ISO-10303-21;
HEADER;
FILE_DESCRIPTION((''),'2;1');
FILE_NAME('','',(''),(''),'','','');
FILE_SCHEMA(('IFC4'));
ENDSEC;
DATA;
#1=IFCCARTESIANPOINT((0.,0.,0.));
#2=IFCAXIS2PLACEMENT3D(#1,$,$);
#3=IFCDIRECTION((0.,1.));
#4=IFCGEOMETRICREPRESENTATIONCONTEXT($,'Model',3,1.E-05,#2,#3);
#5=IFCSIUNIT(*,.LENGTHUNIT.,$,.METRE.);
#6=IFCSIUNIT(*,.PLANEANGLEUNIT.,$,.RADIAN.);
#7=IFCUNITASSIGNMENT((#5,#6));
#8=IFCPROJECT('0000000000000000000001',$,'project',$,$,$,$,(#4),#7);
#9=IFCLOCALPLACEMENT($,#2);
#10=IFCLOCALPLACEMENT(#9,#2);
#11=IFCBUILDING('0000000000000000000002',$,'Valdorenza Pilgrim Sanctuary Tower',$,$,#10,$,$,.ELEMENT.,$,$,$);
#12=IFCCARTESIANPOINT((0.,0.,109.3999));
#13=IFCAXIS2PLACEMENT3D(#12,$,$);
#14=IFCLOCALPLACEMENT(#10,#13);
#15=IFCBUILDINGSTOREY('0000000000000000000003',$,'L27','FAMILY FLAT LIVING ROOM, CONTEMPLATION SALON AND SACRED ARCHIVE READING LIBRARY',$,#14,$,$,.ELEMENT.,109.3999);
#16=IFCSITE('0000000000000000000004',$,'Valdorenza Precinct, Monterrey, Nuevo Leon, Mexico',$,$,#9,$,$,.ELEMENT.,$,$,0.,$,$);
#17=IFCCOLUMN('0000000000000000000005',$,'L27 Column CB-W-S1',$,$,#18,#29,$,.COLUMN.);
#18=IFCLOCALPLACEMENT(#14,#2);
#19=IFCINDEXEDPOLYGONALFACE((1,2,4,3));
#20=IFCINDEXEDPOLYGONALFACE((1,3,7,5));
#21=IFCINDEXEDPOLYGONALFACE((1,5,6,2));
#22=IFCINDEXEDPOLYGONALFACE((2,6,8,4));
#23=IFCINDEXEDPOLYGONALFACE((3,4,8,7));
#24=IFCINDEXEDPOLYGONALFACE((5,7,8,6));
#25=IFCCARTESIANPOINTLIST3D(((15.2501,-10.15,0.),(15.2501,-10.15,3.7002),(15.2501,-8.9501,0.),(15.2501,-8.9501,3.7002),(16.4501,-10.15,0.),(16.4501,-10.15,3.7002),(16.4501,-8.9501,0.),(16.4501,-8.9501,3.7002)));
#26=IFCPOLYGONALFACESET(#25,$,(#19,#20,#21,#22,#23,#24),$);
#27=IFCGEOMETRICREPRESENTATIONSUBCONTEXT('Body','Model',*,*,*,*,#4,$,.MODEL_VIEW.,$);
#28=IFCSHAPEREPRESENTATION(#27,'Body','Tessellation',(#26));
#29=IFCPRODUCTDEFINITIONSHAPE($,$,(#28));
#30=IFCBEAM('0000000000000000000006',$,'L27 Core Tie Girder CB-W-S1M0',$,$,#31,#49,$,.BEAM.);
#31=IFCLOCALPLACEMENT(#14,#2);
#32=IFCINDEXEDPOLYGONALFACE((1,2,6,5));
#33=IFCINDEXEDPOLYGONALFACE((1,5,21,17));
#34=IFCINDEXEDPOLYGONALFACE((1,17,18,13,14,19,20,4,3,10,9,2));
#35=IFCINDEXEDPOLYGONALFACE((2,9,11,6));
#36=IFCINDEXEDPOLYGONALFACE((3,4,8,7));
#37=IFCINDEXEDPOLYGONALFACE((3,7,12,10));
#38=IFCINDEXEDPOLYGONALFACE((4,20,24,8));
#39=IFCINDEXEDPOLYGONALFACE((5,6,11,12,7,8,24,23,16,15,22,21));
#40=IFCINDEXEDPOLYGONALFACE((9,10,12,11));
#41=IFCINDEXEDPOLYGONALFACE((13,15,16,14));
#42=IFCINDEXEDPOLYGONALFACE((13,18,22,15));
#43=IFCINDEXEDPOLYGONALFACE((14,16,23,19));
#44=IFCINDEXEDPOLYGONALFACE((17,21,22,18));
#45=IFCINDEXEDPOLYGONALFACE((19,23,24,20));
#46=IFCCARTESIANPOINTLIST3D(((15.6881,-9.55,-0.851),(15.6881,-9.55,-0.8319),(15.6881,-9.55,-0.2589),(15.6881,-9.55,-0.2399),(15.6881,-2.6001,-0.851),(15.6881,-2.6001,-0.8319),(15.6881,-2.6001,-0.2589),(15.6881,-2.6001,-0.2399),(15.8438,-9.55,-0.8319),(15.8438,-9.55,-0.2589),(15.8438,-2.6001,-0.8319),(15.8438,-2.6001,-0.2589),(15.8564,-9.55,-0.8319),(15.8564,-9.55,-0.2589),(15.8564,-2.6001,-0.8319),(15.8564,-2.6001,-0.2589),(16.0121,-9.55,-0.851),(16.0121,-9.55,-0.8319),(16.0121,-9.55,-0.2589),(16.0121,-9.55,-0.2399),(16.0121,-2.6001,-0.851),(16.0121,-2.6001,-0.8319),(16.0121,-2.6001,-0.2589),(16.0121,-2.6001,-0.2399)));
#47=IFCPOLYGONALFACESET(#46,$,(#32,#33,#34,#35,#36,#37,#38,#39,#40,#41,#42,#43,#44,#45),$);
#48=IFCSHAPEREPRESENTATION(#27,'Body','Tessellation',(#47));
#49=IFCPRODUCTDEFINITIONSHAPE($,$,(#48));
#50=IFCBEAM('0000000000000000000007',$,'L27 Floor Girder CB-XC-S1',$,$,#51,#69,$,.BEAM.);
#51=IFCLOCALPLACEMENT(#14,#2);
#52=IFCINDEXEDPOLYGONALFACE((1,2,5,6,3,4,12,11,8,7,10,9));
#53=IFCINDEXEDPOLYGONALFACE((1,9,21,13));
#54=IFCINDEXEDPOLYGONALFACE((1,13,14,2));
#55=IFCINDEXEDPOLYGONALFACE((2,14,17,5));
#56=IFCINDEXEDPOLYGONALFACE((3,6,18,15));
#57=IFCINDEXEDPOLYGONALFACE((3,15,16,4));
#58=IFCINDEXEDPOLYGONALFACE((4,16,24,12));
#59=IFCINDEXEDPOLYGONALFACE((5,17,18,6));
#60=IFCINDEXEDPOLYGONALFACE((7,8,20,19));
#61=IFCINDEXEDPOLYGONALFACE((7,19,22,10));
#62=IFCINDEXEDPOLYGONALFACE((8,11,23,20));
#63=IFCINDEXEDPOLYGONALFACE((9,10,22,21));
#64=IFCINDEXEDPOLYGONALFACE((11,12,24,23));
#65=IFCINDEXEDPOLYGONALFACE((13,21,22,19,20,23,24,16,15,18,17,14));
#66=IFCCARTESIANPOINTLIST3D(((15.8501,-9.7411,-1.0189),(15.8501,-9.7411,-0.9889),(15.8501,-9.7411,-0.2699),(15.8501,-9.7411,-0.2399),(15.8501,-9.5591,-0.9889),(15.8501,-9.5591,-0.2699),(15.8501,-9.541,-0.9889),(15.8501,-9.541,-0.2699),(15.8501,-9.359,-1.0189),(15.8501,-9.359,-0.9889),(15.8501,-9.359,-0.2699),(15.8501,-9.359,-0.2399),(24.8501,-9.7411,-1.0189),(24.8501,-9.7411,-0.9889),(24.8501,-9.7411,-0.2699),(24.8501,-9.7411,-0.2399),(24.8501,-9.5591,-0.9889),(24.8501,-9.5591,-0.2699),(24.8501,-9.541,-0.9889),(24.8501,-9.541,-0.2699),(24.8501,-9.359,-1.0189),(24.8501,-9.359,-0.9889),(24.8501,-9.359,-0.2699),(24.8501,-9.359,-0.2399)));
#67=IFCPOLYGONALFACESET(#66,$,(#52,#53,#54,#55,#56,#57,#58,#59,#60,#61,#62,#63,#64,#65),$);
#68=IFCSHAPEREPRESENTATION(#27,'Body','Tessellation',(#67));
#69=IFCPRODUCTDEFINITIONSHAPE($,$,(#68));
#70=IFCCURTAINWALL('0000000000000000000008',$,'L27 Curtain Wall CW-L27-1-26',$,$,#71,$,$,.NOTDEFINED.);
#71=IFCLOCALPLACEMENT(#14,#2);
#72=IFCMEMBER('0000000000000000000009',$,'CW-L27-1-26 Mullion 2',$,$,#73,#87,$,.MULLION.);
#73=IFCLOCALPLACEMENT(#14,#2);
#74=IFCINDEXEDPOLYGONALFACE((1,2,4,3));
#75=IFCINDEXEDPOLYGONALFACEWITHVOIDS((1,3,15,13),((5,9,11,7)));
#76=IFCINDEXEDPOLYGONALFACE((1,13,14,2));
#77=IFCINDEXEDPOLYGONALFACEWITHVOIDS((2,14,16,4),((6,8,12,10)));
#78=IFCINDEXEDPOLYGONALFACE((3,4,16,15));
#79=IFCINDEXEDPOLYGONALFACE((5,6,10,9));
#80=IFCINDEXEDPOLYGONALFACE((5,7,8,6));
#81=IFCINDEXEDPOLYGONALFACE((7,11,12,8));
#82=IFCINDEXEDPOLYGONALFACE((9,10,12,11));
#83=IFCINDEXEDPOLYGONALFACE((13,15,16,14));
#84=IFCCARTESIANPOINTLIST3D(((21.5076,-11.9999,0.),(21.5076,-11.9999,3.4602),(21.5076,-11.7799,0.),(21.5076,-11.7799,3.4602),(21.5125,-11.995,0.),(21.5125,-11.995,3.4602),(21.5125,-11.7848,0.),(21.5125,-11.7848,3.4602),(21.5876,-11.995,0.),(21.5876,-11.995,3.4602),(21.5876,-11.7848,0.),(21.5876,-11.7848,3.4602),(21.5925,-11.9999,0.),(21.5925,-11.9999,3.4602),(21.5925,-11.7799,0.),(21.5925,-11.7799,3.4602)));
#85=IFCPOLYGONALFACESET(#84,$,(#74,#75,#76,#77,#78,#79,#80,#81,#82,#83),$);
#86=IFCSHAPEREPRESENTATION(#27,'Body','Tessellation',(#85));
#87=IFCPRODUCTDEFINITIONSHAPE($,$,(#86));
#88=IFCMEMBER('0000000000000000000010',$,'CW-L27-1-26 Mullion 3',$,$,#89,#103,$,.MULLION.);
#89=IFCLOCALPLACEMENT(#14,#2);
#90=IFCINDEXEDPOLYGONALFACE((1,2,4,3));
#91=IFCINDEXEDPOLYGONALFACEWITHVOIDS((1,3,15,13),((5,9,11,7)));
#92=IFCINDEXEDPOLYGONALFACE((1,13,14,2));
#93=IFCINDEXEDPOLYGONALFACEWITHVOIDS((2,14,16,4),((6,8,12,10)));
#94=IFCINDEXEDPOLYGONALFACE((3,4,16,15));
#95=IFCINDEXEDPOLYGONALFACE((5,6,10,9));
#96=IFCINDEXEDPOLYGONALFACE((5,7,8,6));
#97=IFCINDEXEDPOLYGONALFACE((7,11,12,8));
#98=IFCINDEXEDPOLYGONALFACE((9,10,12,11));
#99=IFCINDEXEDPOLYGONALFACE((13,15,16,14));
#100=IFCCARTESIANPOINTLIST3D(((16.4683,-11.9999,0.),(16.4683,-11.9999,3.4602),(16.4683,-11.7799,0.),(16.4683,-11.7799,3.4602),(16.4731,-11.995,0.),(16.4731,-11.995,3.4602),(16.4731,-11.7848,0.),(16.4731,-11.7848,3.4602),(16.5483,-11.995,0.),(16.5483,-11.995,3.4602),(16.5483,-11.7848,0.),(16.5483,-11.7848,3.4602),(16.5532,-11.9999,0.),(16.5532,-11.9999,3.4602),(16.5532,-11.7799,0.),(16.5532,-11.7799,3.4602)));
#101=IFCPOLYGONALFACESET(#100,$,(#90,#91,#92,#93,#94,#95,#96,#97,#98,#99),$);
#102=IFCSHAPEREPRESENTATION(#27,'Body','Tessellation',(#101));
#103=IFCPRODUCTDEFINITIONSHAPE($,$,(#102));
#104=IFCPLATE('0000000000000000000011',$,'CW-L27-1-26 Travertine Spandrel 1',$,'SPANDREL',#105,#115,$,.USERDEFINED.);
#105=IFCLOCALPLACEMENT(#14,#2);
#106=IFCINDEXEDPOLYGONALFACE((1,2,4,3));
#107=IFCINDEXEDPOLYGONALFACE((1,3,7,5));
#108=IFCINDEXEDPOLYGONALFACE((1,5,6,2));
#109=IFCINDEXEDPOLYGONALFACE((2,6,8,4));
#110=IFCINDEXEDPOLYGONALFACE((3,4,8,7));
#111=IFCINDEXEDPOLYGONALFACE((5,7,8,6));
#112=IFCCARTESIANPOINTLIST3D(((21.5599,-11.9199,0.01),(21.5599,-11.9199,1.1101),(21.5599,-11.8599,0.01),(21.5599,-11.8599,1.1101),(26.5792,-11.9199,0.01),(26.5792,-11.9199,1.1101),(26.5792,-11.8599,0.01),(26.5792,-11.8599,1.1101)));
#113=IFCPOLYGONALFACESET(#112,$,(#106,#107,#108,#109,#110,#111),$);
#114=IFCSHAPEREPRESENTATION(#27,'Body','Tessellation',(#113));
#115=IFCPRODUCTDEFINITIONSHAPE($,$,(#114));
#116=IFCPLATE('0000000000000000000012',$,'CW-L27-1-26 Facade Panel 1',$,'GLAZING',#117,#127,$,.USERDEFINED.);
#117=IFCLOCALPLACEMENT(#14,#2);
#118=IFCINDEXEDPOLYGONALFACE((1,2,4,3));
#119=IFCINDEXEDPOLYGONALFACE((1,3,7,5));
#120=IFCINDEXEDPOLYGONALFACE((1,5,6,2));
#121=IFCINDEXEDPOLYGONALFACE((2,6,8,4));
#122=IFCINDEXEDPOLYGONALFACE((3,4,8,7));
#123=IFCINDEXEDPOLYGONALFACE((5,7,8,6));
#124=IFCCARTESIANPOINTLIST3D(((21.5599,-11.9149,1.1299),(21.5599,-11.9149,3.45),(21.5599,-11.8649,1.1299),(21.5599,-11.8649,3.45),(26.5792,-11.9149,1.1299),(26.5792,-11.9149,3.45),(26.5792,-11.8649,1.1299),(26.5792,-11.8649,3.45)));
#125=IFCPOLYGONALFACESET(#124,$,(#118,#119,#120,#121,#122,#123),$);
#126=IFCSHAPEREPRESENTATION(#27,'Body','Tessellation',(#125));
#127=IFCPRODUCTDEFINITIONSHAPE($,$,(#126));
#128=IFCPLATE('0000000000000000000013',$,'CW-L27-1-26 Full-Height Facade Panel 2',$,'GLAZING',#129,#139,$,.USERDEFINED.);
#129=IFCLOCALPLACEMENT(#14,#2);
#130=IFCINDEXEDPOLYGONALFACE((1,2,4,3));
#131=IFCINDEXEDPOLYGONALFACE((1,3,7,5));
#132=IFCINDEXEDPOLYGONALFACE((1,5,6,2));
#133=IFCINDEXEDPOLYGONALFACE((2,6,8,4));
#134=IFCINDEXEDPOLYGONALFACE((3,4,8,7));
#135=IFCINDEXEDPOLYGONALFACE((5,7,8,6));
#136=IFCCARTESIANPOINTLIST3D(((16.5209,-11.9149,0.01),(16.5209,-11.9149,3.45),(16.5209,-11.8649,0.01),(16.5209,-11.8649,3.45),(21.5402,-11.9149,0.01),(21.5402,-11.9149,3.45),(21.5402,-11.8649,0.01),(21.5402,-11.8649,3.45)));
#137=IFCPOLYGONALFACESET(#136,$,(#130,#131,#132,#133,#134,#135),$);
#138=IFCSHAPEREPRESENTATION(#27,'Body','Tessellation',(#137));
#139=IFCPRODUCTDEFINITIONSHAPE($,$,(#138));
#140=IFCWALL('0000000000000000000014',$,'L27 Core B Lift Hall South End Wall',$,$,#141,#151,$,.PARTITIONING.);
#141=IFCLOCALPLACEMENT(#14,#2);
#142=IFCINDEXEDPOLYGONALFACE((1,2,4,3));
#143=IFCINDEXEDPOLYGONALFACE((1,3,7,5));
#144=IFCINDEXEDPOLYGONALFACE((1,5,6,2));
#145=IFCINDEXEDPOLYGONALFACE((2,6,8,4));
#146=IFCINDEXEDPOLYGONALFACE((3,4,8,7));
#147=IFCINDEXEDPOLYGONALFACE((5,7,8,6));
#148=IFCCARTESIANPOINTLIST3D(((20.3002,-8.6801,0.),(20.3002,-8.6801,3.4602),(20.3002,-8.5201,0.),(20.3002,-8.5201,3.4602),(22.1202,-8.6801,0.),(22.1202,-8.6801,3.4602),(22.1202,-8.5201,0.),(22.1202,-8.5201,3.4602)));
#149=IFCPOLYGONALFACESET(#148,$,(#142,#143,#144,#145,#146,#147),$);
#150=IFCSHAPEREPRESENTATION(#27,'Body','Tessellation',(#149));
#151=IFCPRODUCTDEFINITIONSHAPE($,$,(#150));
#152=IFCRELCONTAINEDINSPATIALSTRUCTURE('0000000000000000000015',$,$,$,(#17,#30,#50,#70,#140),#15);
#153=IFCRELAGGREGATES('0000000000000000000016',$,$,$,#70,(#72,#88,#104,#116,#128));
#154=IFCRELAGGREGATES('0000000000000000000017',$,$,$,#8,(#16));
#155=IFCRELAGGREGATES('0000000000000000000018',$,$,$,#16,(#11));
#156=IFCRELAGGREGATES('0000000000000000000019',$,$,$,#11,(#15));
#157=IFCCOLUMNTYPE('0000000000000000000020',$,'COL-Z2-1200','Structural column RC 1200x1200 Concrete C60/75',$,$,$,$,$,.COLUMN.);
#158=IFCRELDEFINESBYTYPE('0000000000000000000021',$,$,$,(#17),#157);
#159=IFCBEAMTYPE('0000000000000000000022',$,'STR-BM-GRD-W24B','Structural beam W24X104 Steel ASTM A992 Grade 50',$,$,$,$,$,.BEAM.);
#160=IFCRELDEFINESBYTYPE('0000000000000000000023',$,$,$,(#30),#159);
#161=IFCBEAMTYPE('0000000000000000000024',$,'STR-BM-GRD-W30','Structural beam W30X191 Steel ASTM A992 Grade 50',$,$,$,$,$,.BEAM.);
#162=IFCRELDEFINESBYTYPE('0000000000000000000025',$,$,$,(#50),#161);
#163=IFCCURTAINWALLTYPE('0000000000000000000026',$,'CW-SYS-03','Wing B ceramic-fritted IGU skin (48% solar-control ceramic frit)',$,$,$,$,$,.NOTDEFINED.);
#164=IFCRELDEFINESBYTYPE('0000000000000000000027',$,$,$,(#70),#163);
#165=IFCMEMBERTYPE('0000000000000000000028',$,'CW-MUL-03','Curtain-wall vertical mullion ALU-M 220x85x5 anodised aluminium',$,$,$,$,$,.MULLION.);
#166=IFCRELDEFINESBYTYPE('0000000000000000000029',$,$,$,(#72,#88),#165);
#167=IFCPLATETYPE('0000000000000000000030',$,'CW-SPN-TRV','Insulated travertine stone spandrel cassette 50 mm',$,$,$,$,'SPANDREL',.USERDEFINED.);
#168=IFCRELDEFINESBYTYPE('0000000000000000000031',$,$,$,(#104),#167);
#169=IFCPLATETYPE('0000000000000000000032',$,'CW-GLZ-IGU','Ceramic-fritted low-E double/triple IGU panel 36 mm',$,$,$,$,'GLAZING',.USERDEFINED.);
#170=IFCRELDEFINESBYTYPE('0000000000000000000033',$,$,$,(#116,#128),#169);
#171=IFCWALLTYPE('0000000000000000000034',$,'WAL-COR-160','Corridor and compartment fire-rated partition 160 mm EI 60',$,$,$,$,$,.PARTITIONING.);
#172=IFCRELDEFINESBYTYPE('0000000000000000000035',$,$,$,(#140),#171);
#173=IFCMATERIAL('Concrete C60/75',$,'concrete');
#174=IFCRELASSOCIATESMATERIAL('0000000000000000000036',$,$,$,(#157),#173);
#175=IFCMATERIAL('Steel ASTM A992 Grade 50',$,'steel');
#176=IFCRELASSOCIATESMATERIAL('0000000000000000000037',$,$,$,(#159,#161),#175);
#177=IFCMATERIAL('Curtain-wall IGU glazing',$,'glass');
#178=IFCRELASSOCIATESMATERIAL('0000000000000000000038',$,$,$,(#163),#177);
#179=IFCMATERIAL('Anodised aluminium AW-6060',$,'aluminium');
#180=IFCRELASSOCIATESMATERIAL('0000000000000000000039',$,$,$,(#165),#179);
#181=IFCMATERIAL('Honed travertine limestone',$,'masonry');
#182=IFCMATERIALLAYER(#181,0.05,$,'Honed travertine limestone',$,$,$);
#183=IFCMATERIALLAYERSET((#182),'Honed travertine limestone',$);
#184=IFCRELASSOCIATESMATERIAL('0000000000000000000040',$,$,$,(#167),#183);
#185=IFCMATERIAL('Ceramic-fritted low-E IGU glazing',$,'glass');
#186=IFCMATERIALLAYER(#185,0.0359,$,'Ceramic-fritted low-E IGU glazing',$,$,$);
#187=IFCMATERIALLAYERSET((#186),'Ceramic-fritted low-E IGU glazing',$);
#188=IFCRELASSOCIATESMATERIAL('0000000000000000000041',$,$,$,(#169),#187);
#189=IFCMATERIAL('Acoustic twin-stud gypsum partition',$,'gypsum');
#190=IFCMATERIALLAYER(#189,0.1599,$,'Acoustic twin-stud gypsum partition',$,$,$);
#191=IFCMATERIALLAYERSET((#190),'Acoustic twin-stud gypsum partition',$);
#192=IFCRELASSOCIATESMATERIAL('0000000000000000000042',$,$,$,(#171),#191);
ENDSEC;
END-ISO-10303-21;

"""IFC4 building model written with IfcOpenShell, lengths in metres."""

from ifc_helpers import new_model, si_unit, direction, frame, frame_2d, origin, origin_2d, place, context, subcontext, project, spatial, rectangle, hollow_rectangle, i_section, extrude, source, transform, mapped, material, layer, layer_set, material_profile, profile_set, type_object, element, aggregate, save


model = new_model("IFC4")

# Units and contexts
model_context = context("Model", 3, precision=1e-05, world=origin(), true_north=direction((0.0, 1.0)))
body_context = subcontext(model_context, "Body", "Model", "MODEL_VIEW")
ifc_project = project(units=[si_unit("LENGTHUNIT", "METRE"), si_unit("PLANEANGLEUNIT", "RADIAN")], contexts=[model_context])

# Site, building, storey
site_placement = place(None, origin())
site = spatial("IfcSite", under=ifc_project, at=site_placement, Name="Valdorenza Precinct, Monterrey, Nuevo Leon, Mexico", CompositionType="ELEMENT", RefElevation=0.0)
building_placement = place(site_placement, origin())
building = spatial("IfcBuilding", under=site, at=building_placement, Name="Valdorenza Pilgrim Sanctuary Tower", CompositionType="ELEMENT")
storey_placement = place(building_placement, frame((0.0, 0.0, 109.3999)))
storey = spatial("IfcBuildingStorey", under=building, at=storey_placement, Name="L27", Description="FAMILY FLAT LIVING ROOM, CONTEMPLATION SALON AND SACRED ARCHIVE READING LIBRARY", CompositionType="ELEMENT", Elevation=109.3999)

# Column
ifc_material_1 = material(Name="Concrete C60/75", Category="concrete")
ifc_material_profile_1 = material_profile(ifc_material_1, rectangle(XDim=1.2, YDim=1.2, at=origin_2d()), Name="RC 1200x1200")
ifc_profile_set_1 = profile_set([ifc_material_profile_1], Name="Concrete C60/75")
column_type = type_object("IfcColumnType", Name="COL-Z2-1200", Description="Structural column RC 1200x1200 Concrete C60/75", PredefinedType="COLUMN", material=ifc_profile_set_1)
shared_shape_1 = source(origin(), body_context, "Body", "SweptSolid", [
    extrude(rectangle(XDim=1.2, YDim=1.2, at=origin_2d()), origin(), (0.0, 0.0, 1.0), 3.7002),
])
column_placement = place(storey_placement, frame((15.8501, -9.55, 0.0), z_axis=(0.0, 0.0, 1.0), x_axis=(1.0, 0.0, 0.0)))
element("IfcColumn", 1, at=column_placement, inside=storey, type_object=column_type, Name="L27 Column CB-W-S1", PredefinedType="COLUMN", context=body_context, shape_type="MappedRepresentation", body=[
    mapped(shared_shape_1, transform((0.0, 0.0, 0.0), x_axis=(1.0, 0.0, 0.0), y_axis=(0.0, 1.0, 0.0), z_axis=(0.0, 0.0, 1.0), scale=1.0)),
])

# Beams
ifc_material_2 = material(Name="Steel ASTM A992 Grade 50", Category="steel")
ifc_material_profile_2 = material_profile(ifc_material_2, i_section(OverallWidth=0.324, OverallDepth=0.6111, WebThickness=0.0127, FlangeThickness=0.019, at=origin_2d()), Name="W24X104")
ifc_profile_set_2 = profile_set([ifc_material_profile_2], Name="Steel ASTM A992 Grade 50")
beam_type_1 = type_object("IfcBeamType", Name="STR-BM-GRD-W24B", Description="Structural beam W24X104 Steel ASTM A992 Grade 50", PredefinedType="BEAM", material=ifc_profile_set_2)
shared_shape_2 = source(origin(), body_context, "Body", "SweptSolid", [
    extrude(i_section(OverallWidth=0.324, OverallDepth=0.6111, WebThickness=0.0127, FlangeThickness=0.019, at=origin_2d()), origin(), (0.0, 0.0, 1.0), 6.95),
])
beam_1_placement = place(storey_placement, frame((15.8501, -9.55, -0.5454), z_axis=(0.0, 1.0, 0.0), x_axis=(-1.0, 0.0, 0.0)))
element("IfcBeam", 2, at=beam_1_placement, inside=storey, type_object=beam_type_1, Name="L27 Core Tie Girder CB-W-S1M0", PredefinedType="BEAM", context=body_context, shape_type="MappedRepresentation", body=[
    mapped(shared_shape_2, transform((0.0, 0.0, 0.0), x_axis=(1.0, 0.0, 0.0), y_axis=(0.0, 1.0, 0.0), z_axis=(0.0, 0.0, 1.0), scale=1.0)),
])
ifc_material_profile_3 = material_profile(ifc_material_2, i_section(OverallWidth=0.3821, OverallDepth=0.7791, WebThickness=0.0181, FlangeThickness=0.03, at=origin_2d()), Name="W30X191")
ifc_profile_set_3 = profile_set([ifc_material_profile_3], Name="Steel ASTM A992 Grade 50")
beam_type_2 = type_object("IfcBeamType", Name="STR-BM-GRD-W30", Description="Structural beam W30X191 Steel ASTM A992 Grade 50", PredefinedType="BEAM", material=ifc_profile_set_3)
shared_shape_3 = source(origin(), body_context, "Body", "SweptSolid", [
    extrude(i_section(OverallWidth=0.3821, OverallDepth=0.7791, WebThickness=0.0181, FlangeThickness=0.03, at=origin_2d()), origin(), (0.0, 0.0, 1.0), 9.0),
])
beam_2_placement = place(storey_placement, frame((15.8501, -9.55, -0.6294), z_axis=(1.0, 0.0, 0.0), x_axis=(0.0, 1.0, 0.0)))
element("IfcBeam", 3, at=beam_2_placement, inside=storey, type_object=beam_type_2, Name="L27 Floor Girder CB-XC-S1", PredefinedType="BEAM", context=body_context, shape_type="MappedRepresentation", body=[
    mapped(shared_shape_3, transform((0.0, 0.0, 0.0), x_axis=(1.0, 0.0, 0.0), y_axis=(0.0, 1.0, 0.0), z_axis=(0.0, 0.0, 1.0), scale=1.0)),
])

# Curtain wall, members, plates
ifc_material_3 = material(Name="Curtain-wall IGU glazing", Category="glass")
curtain_wall_type = type_object("IfcCurtainWallType", Name="CW-SYS-03", Description="Wing B ceramic-fritted IGU skin (48% solar-control ceramic frit)", PredefinedType="NOTDEFINED", material=ifc_material_3)
curtain_wall_placement = place(storey_placement, origin())
curtain_wall = element("IfcCurtainWall", 4, at=curtain_wall_placement, inside=storey, type_object=curtain_wall_type, Name="L27 Curtain Wall CW-L27-1-26", PredefinedType="NOTDEFINED")
ifc_material_4 = material(Name="Anodised aluminium AW-6060", Category="aluminium")
ifc_material_profile_4 = material_profile(ifc_material_4, hollow_rectangle(XDim=0.085, YDim=0.22, WallThickness=0.0049, at=origin_2d()), Name="ALU-M 220x85x5")
ifc_profile_set_4 = profile_set([ifc_material_profile_4], Name="Anodised aluminium AW-6060")
member_type = type_object("IfcMemberType", Name="CW-MUL-03", Description="Curtain-wall vertical mullion ALU-M 220x85x5 anodised aluminium", PredefinedType="MULLION", material=ifc_profile_set_4)
shared_shape_4 = source(origin(), body_context, "Body", "SweptSolid", [
    extrude(hollow_rectangle(XDim=0.085, YDim=0.22, WallThickness=0.0049, at=origin_2d()), origin(), (0.0, 0.0, 1.0), 3.4602),
])
member_1_placement = place(storey_placement, frame((21.55, -11.8899, 0.0), z_axis=(0.0, 0.0, 1.0), x_axis=(-1.0, 0.0, 0.0)))
member_1 = element("IfcMember", 5, at=member_1_placement, type_object=member_type, Name="CW-L27-1-26 Mullion 2", PredefinedType="MULLION", context=body_context, shape_type="MappedRepresentation", body=[
    mapped(shared_shape_4, transform((0.0, 0.0, 0.0), x_axis=(1.0, 0.0, 0.0), y_axis=(0.0, 1.0, 0.0), z_axis=(0.0, 0.0, 1.0), scale=1.0)),
])
member_2_placement = place(storey_placement, frame((16.5107, -11.8899, 0.0), z_axis=(0.0, 0.0, 1.0), x_axis=(-1.0, 0.0, 0.0)))
member_2 = element("IfcMember", 6, at=member_2_placement, type_object=member_type, Name="CW-L27-1-26 Mullion 3", PredefinedType="MULLION", context=body_context, shape_type="MappedRepresentation", body=[
    mapped(shared_shape_4, transform((0.0, 0.0, 0.0), x_axis=(1.0, 0.0, 0.0), y_axis=(0.0, 1.0, 0.0), z_axis=(0.0, 0.0, 1.0), scale=1.0)),
])
ifc_material_5 = material(Name="Honed travertine limestone", Category="masonry")
ifc_layer_1 = layer(ifc_material_5, 0.05, Name="Honed travertine limestone")
ifc_layer_set_1 = layer_set([ifc_layer_1], Name="Honed travertine limestone")
plate_type_1 = type_object("IfcPlateType", Name="CW-SPN-TRV", Description="Insulated travertine stone spandrel cassette 50 mm", ElementType="SPANDREL", PredefinedType="USERDEFINED", material=ifc_layer_set_1)
shared_shape_5 = source(origin(), body_context, "Body", "SweptSolid", [
    extrude(rectangle(XDim=5.0193, YDim=0.0601, at=origin_2d()), origin(), (0.0, 0.0, 1.0), 1.1001),
])
plate_1_placement = place(storey_placement, frame((24.0696, -11.8899, 0.01), z_axis=(0.0, 0.0, 1.0), x_axis=(-1.0, 0.0, 0.0)))
plate_1 = element("IfcPlate", 7, at=plate_1_placement, type_object=plate_type_1, Name="CW-L27-1-26 Travertine Spandrel 1", ObjectType="SPANDREL", PredefinedType="USERDEFINED", context=body_context, shape_type="MappedRepresentation", body=[
    mapped(shared_shape_5, transform((0.0, 0.0, 0.0), x_axis=(1.0, 0.0, 0.0), y_axis=(0.0, 1.0, 0.0), z_axis=(0.0, 0.0, 1.0), scale=1.0)),
])
ifc_material_6 = material(Name="Ceramic-fritted low-E IGU glazing", Category="glass")
ifc_layer_2 = layer(ifc_material_6, 0.0359, Name="Ceramic-fritted low-E IGU glazing")
ifc_layer_set_2 = layer_set([ifc_layer_2], Name="Ceramic-fritted low-E IGU glazing")
plate_type_2 = type_object("IfcPlateType", Name="CW-GLZ-IGU", Description="Ceramic-fritted low-E double/triple IGU panel 36 mm", ElementType="GLAZING", PredefinedType="USERDEFINED", material=ifc_layer_set_2)
shared_shape_6 = source(origin(), body_context, "Body", "SweptSolid", [
    extrude(rectangle(XDim=5.0193, YDim=0.05, at=origin_2d()), origin(), (0.0, 0.0, 1.0), 2.3201),
])
plate_2_placement = place(storey_placement, frame((24.0696, -11.8899, 1.1299), z_axis=(0.0, 0.0, 1.0), x_axis=(-1.0, 0.0, 0.0)))
plate_2 = element("IfcPlate", 8, at=plate_2_placement, type_object=plate_type_2, Name="CW-L27-1-26 Facade Panel 1", ObjectType="GLAZING", PredefinedType="USERDEFINED", context=body_context, shape_type="MappedRepresentation", body=[
    mapped(shared_shape_6, transform((0.0, 0.0, 0.0), x_axis=(1.0, 0.0, 0.0), y_axis=(0.0, 1.0, 0.0), z_axis=(0.0, 0.0, 1.0), scale=1.0)),
])
shared_shape_7 = source(origin(), body_context, "Body", "SweptSolid", [
    extrude(rectangle(XDim=5.0193, YDim=0.05, at=origin_2d()), origin(), (0.0, 0.0, 1.0), 3.4399),
])
plate_3_placement = place(storey_placement, frame((19.0305, -11.8899, 0.01), z_axis=(0.0, 0.0, 1.0), x_axis=(-1.0, 0.0, 0.0)))
plate_3 = element("IfcPlate", 9, at=plate_3_placement, type_object=plate_type_2, Name="CW-L27-1-26 Full-Height Facade Panel 2", ObjectType="GLAZING", PredefinedType="USERDEFINED", context=body_context, shape_type="MappedRepresentation", body=[
    mapped(shared_shape_7, transform((0.0, 0.0, 0.0), x_axis=(1.0, 0.0, 0.0), y_axis=(0.0, 1.0, 0.0), z_axis=(0.0, 0.0, 1.0), scale=1.0)),
])
aggregate(curtain_wall, [member_1, member_2, plate_1, plate_2, plate_3])

# Wall
ifc_material_7 = material(Name="Acoustic twin-stud gypsum partition", Category="gypsum")
ifc_layer_3 = layer(ifc_material_7, 0.1599, Name="Acoustic twin-stud gypsum partition")
ifc_layer_set_3 = layer_set([ifc_layer_3], Name="Acoustic twin-stud gypsum partition")
wall_type_1 = type_object("IfcWallType", Name="WAL-COR-160", Description="Corridor and compartment fire-rated partition 160 mm EI 60", PredefinedType="PARTITIONING", material=ifc_layer_set_3)
wall_1_placement = place(storey_placement, frame((20.3, -8.6001, 0.0), z_axis=(0.0, 0.0, 1.0), x_axis=(1.0, 0.0, 0.0)))
element("IfcWall", 10, at=wall_1_placement, inside=storey, type_object=wall_type_1, Name="L27 Core B Lift Hall South End Wall", PredefinedType="PARTITIONING", context=body_context, shape_type="SweptSolid", body=[
    extrude(rectangle(XDim=1.8201, YDim=0.1599, at=frame_2d((0.9102, 0.0))), origin(), (0.0, 0.0, 1.0), 3.4602),
])

save(model, "model.ifc")
